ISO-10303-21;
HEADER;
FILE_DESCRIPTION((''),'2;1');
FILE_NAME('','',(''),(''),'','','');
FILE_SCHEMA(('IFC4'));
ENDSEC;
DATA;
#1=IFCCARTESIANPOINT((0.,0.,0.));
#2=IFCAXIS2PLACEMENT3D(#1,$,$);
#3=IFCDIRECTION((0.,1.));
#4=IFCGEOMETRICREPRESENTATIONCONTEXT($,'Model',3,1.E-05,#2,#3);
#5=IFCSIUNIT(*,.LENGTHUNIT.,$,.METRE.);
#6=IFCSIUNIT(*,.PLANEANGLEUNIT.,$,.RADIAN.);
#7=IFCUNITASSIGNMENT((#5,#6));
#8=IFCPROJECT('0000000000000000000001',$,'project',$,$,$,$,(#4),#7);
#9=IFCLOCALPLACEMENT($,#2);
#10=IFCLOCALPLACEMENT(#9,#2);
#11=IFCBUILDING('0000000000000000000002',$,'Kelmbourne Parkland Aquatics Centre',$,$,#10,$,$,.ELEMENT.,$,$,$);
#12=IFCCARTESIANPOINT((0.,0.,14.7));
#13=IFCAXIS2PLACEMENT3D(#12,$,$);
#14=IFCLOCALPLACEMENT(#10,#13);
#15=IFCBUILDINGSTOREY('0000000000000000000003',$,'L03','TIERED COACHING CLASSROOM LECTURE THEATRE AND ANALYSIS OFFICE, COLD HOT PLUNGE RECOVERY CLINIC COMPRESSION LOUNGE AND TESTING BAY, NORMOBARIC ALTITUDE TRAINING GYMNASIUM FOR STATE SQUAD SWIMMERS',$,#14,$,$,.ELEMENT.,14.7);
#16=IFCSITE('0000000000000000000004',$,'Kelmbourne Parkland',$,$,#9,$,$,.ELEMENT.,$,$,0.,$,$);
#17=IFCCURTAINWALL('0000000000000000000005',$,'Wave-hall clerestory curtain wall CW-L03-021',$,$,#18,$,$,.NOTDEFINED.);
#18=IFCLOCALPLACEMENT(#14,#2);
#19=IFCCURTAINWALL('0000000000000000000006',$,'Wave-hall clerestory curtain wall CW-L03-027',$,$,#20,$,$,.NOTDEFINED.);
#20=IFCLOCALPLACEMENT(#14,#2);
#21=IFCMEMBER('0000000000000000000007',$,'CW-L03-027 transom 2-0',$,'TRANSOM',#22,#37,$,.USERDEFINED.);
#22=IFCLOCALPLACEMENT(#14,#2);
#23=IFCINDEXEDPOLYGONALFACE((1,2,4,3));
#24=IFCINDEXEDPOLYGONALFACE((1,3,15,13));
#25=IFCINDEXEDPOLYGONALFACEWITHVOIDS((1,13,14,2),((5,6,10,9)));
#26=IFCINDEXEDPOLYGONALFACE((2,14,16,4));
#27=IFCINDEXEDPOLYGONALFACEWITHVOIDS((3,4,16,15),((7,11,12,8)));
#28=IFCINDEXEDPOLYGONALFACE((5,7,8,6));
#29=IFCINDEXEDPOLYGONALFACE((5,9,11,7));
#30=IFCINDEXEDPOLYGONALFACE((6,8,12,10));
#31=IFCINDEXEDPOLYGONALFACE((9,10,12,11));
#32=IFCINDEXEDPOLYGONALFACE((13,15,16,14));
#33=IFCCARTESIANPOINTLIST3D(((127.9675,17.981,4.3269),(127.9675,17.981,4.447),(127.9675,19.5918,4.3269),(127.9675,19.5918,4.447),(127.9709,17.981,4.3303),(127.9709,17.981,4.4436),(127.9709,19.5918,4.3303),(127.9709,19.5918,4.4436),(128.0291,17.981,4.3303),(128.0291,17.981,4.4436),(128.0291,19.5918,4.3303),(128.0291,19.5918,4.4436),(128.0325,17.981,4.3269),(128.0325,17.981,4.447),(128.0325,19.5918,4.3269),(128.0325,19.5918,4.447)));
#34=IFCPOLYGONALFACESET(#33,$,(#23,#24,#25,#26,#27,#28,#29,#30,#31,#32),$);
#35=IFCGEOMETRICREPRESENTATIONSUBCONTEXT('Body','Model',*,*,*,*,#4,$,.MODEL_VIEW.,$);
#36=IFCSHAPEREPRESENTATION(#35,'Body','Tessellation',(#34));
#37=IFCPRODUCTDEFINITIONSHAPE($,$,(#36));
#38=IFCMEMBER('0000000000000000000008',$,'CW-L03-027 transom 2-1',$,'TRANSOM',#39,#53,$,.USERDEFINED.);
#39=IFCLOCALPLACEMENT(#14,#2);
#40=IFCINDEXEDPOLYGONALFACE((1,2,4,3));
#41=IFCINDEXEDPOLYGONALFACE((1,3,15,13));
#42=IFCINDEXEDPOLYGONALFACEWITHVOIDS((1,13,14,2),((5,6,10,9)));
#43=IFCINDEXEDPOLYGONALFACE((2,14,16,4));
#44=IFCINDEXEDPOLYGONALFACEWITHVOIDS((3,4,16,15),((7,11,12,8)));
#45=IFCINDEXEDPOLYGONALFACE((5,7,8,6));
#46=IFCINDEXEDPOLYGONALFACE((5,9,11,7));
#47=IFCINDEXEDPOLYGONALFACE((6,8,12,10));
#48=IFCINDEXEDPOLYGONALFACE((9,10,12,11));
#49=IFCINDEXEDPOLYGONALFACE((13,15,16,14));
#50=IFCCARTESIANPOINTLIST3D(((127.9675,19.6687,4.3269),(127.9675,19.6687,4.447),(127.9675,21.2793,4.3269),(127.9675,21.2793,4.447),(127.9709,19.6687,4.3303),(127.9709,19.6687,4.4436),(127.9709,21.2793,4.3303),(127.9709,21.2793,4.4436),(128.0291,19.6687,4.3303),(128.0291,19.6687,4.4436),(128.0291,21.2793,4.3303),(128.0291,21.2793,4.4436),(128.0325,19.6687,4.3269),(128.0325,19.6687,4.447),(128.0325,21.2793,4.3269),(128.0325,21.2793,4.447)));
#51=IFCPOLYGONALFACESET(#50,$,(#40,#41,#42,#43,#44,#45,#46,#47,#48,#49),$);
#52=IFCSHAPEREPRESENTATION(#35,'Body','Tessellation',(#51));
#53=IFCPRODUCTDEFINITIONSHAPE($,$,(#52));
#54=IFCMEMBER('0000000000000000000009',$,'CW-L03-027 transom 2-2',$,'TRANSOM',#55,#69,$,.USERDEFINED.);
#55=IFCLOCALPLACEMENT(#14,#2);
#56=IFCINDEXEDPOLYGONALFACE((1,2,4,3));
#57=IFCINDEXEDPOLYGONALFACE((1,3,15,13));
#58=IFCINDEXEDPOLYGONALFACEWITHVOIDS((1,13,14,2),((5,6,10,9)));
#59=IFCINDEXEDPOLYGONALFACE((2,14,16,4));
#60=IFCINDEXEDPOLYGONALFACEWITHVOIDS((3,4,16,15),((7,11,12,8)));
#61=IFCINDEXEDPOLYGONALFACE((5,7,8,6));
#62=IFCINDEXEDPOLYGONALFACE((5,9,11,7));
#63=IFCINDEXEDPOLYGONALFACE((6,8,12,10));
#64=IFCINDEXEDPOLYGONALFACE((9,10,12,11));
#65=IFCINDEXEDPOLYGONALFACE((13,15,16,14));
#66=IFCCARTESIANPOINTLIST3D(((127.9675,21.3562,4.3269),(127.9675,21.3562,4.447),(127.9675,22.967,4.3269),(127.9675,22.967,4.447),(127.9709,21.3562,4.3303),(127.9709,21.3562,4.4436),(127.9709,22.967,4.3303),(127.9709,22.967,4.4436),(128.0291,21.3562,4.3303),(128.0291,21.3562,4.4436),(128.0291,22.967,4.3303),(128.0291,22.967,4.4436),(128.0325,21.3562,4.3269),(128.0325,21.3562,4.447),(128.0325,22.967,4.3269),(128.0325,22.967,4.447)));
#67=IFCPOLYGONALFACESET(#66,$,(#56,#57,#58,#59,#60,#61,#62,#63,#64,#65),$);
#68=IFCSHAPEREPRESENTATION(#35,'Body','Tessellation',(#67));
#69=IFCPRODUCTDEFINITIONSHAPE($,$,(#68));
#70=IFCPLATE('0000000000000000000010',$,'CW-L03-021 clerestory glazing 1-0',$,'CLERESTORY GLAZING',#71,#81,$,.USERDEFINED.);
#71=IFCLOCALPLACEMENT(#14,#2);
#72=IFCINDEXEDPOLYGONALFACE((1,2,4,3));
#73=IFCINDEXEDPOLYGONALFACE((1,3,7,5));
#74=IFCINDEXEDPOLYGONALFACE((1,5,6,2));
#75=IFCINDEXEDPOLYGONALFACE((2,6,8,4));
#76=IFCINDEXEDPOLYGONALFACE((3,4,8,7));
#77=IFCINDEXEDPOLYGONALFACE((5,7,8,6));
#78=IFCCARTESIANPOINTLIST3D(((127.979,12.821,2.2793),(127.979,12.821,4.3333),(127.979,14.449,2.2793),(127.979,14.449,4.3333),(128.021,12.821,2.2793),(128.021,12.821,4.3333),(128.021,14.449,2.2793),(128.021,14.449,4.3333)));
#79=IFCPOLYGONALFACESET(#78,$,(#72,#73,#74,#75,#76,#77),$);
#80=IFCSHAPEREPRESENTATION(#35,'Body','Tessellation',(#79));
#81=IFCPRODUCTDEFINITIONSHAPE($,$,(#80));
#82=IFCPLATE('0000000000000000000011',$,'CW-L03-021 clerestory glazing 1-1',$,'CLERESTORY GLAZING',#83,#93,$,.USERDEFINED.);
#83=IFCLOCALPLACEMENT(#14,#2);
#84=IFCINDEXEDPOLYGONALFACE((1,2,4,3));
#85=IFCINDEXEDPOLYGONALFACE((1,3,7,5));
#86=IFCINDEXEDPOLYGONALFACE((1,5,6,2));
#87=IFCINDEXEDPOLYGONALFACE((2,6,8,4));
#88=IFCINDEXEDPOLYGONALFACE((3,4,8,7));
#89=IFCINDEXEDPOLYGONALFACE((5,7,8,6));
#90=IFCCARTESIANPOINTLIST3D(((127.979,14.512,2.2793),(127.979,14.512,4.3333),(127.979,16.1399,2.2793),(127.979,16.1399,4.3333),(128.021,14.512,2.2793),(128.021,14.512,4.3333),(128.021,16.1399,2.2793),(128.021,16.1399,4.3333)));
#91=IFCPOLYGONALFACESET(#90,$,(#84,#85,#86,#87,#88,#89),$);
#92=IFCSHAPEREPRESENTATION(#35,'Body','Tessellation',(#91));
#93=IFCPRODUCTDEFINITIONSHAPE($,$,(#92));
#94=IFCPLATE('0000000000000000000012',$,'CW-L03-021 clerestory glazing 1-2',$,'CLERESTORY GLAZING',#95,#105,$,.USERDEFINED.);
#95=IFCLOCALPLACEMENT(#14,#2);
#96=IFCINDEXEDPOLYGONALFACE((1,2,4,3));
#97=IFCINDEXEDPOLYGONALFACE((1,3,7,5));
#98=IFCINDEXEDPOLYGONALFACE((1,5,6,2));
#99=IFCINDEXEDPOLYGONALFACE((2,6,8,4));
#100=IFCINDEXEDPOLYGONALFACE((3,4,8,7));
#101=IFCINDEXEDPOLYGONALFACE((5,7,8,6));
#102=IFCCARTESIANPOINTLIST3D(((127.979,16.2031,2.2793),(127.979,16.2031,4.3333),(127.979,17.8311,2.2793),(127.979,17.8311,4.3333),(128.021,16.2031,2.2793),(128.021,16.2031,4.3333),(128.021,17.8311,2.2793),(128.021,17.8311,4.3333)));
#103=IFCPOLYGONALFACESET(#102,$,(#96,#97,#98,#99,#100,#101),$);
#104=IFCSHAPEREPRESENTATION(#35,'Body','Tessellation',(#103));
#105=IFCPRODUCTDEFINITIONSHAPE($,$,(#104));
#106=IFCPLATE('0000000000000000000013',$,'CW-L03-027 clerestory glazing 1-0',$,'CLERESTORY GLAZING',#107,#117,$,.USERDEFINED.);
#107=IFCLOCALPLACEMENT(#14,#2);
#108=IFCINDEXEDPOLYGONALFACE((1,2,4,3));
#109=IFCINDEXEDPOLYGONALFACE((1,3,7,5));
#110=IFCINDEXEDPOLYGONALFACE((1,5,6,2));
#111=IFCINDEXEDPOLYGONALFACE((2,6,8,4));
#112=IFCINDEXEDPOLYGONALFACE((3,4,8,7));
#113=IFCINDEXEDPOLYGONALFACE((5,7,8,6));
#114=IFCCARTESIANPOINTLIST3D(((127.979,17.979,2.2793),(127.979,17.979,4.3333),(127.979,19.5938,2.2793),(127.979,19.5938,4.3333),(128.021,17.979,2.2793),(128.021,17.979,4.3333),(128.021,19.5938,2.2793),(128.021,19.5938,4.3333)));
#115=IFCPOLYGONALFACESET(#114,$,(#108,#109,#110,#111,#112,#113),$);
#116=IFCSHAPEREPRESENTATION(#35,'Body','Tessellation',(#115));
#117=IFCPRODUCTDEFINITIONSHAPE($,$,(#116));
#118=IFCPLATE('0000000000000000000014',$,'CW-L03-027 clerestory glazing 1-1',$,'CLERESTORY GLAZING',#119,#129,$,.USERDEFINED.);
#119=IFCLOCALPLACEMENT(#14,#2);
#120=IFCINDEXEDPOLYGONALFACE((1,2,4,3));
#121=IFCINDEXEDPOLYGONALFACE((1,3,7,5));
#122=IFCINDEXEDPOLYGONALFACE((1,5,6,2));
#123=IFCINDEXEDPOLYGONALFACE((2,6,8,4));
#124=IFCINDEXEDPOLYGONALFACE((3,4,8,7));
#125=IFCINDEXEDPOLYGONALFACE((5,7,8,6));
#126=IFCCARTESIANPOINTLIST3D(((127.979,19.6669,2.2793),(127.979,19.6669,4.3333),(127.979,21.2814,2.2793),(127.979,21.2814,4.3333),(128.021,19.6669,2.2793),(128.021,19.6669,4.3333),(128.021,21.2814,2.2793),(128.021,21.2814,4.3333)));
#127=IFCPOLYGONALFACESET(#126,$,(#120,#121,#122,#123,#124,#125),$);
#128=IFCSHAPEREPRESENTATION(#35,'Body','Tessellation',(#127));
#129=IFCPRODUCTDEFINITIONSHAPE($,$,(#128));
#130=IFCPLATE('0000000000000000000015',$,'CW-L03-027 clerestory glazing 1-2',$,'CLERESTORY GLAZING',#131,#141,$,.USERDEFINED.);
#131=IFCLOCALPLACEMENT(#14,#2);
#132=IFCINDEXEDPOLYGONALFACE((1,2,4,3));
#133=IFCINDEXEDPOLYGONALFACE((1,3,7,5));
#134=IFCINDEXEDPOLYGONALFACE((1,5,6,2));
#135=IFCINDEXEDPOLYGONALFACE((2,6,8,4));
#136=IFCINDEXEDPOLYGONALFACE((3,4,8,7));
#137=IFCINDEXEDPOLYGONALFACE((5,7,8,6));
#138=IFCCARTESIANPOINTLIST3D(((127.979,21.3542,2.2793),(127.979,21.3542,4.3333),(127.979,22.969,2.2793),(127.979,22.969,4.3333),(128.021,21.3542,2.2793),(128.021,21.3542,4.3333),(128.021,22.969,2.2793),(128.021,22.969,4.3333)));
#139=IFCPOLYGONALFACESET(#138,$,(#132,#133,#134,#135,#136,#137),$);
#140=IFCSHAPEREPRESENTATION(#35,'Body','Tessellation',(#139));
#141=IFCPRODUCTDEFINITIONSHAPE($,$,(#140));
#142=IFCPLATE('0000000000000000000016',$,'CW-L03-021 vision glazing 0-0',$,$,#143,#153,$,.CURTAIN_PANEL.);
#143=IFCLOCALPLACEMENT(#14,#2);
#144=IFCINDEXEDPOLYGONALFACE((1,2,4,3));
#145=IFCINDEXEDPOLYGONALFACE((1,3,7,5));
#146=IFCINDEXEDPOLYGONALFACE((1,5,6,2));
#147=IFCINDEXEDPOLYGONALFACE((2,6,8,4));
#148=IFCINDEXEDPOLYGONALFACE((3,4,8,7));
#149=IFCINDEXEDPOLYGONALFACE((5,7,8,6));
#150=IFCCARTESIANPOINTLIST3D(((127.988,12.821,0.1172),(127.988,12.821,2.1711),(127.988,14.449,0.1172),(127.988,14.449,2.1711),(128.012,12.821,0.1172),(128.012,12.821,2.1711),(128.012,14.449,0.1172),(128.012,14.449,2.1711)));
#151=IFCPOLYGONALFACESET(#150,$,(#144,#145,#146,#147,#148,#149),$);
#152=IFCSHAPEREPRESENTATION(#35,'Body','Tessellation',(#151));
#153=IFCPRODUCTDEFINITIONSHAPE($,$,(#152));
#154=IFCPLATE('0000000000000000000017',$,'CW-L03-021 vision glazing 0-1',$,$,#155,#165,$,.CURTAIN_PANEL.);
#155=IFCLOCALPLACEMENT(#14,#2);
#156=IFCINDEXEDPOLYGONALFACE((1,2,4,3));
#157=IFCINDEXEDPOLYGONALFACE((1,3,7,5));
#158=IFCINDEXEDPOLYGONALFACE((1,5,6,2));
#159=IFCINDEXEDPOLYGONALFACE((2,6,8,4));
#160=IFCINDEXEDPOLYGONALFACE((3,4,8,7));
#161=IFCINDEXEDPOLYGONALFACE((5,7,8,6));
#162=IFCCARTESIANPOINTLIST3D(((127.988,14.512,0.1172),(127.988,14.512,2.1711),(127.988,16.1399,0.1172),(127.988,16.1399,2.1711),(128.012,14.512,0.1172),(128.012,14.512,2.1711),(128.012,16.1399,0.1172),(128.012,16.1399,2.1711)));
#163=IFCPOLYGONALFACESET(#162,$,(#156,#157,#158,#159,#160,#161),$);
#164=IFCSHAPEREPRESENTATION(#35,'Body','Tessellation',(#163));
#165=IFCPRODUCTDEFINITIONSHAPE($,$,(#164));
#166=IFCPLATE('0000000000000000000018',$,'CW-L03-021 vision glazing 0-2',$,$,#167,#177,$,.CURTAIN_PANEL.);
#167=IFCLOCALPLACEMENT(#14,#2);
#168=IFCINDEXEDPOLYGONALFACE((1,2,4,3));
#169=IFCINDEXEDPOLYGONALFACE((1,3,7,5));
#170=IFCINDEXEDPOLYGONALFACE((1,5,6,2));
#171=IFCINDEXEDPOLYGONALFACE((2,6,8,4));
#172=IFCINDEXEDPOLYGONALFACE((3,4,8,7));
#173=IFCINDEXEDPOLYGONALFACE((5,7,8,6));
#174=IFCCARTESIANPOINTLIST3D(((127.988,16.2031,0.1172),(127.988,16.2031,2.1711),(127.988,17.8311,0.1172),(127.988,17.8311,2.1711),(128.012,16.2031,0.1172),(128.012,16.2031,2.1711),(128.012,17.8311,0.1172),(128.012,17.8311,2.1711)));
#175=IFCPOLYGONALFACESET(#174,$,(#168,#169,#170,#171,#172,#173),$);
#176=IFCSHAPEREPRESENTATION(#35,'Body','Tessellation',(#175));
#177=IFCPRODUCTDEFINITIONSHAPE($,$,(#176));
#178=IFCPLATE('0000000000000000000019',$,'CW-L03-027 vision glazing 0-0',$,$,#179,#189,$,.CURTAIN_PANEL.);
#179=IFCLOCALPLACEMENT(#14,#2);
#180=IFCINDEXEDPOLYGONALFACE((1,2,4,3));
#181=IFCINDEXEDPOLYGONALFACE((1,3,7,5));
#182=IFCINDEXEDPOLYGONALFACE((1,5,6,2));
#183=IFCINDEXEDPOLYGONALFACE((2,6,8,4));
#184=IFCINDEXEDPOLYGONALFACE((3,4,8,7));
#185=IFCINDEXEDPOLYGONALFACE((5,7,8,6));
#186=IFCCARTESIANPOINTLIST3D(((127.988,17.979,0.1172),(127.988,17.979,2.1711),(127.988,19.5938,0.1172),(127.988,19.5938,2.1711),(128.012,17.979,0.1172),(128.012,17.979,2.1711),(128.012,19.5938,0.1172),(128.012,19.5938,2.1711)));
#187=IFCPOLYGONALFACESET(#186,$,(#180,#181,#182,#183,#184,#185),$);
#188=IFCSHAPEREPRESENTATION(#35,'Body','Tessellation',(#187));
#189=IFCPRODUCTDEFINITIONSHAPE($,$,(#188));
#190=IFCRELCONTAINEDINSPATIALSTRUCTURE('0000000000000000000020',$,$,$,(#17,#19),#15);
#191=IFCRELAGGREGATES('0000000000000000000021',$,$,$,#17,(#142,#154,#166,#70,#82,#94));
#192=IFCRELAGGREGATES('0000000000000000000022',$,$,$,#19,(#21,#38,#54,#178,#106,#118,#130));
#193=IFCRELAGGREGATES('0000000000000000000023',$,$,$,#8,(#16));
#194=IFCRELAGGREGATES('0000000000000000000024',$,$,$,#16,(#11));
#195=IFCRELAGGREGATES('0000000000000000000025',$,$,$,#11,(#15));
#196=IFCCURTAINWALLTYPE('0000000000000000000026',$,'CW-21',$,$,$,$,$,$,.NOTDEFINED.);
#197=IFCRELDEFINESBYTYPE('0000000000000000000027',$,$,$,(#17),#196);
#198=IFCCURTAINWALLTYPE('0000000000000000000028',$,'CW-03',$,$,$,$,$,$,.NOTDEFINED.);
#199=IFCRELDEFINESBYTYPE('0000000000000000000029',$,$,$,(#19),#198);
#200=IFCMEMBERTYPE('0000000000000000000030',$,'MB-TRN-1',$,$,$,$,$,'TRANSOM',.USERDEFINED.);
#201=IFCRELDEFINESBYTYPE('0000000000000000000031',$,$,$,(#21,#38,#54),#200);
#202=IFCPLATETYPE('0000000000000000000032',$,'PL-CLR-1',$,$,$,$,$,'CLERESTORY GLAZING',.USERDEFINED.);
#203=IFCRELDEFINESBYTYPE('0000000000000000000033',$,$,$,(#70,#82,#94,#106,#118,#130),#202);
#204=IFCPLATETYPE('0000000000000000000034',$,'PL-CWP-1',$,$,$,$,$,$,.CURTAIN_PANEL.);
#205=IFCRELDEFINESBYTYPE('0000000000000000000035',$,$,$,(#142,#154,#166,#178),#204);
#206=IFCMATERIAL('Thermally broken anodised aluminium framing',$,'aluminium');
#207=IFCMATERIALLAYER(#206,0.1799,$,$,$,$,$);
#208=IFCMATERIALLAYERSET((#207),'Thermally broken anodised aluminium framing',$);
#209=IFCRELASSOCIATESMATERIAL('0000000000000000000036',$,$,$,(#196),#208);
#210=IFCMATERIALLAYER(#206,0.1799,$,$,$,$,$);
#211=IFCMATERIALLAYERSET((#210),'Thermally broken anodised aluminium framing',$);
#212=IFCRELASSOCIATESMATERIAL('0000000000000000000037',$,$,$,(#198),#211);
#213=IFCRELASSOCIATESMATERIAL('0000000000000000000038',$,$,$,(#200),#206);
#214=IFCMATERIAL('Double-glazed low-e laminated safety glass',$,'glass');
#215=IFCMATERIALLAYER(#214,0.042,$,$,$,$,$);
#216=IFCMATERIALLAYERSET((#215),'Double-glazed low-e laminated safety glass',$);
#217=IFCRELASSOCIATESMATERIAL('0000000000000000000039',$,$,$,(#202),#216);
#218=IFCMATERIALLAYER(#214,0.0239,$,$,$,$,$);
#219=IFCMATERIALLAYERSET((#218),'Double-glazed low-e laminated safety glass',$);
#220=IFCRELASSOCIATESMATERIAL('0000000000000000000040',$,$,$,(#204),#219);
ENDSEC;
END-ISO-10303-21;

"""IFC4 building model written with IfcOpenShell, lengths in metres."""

from ifc_helpers import new_model, si_unit, direction, frame, origin, origin_2d, place, context, subcontext, project, spatial, rectangle, hollow_rectangle, extrude, material, layer, layer_set, material_profile, profile_set, type_object, element, aggregate, save


model = new_model("IFC4")

# Units and contexts
model_context = context("Model", 3, precision=1e-05, world=origin(), true_north=direction((0.0, 1.0)))
body_context = subcontext(model_context, "Body", "Model", "MODEL_VIEW")
ifc_project = project(units=[si_unit("LENGTHUNIT", "METRE"), si_unit("PLANEANGLEUNIT", "RADIAN")], contexts=[model_context])

# Site, building, storey
site_placement = place(None, origin())
site = spatial("IfcSite", under=ifc_project, at=site_placement, Name="Kelmbourne Parkland", CompositionType="ELEMENT", RefElevation=0.0)
building_placement = place(site_placement, origin())
building = spatial("IfcBuilding", under=site, at=building_placement, Name="Kelmbourne Parkland Aquatics Centre", CompositionType="ELEMENT")
storey_placement = place(building_placement, frame((0.0, 0.0, 14.7)))
storey = spatial("IfcBuildingStorey", under=building, at=storey_placement, Name="L03", Description="TIERED COACHING CLASSROOM LECTURE THEATRE AND ANALYSIS OFFICE, COLD HOT PLUNGE RECOVERY CLINIC COMPRESSION LOUNGE AND TESTING BAY, NORMOBARIC ALTITUDE TRAINING GYMNASIUM FOR STATE SQUAD SWIMMERS", CompositionType="ELEMENT", Elevation=14.7)

# Curtain walls
ifc_material_1 = material(Name="Thermally broken anodised aluminium framing", Category="aluminium")
ifc_layer_1 = layer(ifc_material_1, 0.1799)
ifc_layer_set_1 = layer_set([ifc_layer_1], Name="Thermally broken anodised aluminium framing")
curtain_wall_type_1 = type_object("IfcCurtainWallType", Name="CW-21", PredefinedType="NOTDEFINED", material=ifc_layer_set_1)
curtain_wall_1_placement = place(storey_placement, origin())
curtain_wall_1 = element("IfcCurtainWall", 1, at=curtain_wall_1_placement, inside=storey, type_object=curtain_wall_type_1, Name="Wave-hall clerestory curtain wall CW-L03-021", PredefinedType="NOTDEFINED")
ifc_layer_2 = layer(ifc_material_1, 0.1799)
ifc_layer_set_2 = layer_set([ifc_layer_2], Name="Thermally broken anodised aluminium framing")
curtain_wall_type_2 = type_object("IfcCurtainWallType", Name="CW-03", PredefinedType="NOTDEFINED", material=ifc_layer_set_2)
curtain_wall_2_placement = place(storey_placement, origin())
curtain_wall_2 = element("IfcCurtainWall", 2, at=curtain_wall_2_placement, inside=storey, type_object=curtain_wall_type_2, Name="Wave-hall clerestory curtain wall CW-L03-027", PredefinedType="NOTDEFINED")

# Members
ifc_material_profile_1 = material_profile(ifc_material_1, hollow_rectangle(XDim=0.0649, YDim=0.1201, WallThickness=0.0034, at=origin_2d()), Name="CW-T 65x120")
ifc_profile_set_1 = profile_set([ifc_material_profile_1], Name="Thermally broken anodised aluminium framing")
member_type_1 = type_object("IfcMemberType", Name="MB-TRN-1", ElementType="TRANSOM", PredefinedType="USERDEFINED", material=ifc_profile_set_1)
member_1_placement = place(storey_placement, frame((128.0, 17.981, 4.387), z_axis=(0.0, 1.0, 0.0), x_axis=(-1.0, 0.0, 0.0)))
member_1 = element("IfcMember", 3, at=member_1_placement, type_object=member_type_1, Name="CW-L03-027 transom 2-0", ObjectType="TRANSOM", PredefinedType="USERDEFINED", context=body_context, shape_type="SweptSolid", body=[
    extrude(hollow_rectangle(XDim=0.0649, YDim=0.1201, WallThickness=0.0034, at=origin_2d()), origin(), (0.0, 0.0, 1.0), 1.6108),
])
member_2_placement = place(storey_placement, frame((128.0, 19.6687, 4.387), z_axis=(0.0, 1.0, 0.0), x_axis=(-1.0, 0.0, 0.0)))
member_2 = element("IfcMember", 4, at=member_2_placement, type_object=member_type_1, Name="CW-L03-027 transom 2-1", ObjectType="TRANSOM", PredefinedType="USERDEFINED", context=body_context, shape_type="SweptSolid", body=[
    extrude(hollow_rectangle(XDim=0.0649, YDim=0.1201, WallThickness=0.0034, at=origin_2d()), origin(), (0.0, 0.0, 1.0), 1.6106),
])
member_3_placement = place(storey_placement, frame((128.0, 21.3562, 4.387), z_axis=(0.0, 1.0, 0.0), x_axis=(-1.0, 0.0, 0.0)))
member_3 = element("IfcMember", 5, at=member_3_placement, type_object=member_type_1, Name="CW-L03-027 transom 2-2", ObjectType="TRANSOM", PredefinedType="USERDEFINED", context=body_context, shape_type="SweptSolid", body=[
    extrude(hollow_rectangle(XDim=0.0649, YDim=0.1201, WallThickness=0.0034, at=origin_2d()), origin(), (0.0, 0.0, 1.0), 1.6108),
])

# Plates
ifc_material_2 = material(Name="Double-glazed low-e laminated safety glass", Category="glass")
ifc_layer_3 = layer(ifc_material_2, 0.042)
ifc_layer_set_3 = layer_set([ifc_layer_3], Name="Double-glazed low-e laminated safety glass")
plate_type_1 = type_object("IfcPlateType", Name="PL-CLR-1", ElementType="CLERESTORY GLAZING", PredefinedType="USERDEFINED", material=ifc_layer_set_3)
plate_1_placement = place(storey_placement, frame((128.0, 13.635, 2.2793), z_axis=(0.0, 0.0, 1.0), x_axis=(0.0, 1.0, 0.0)))
plate_1 = element("IfcPlate", 6, at=plate_1_placement, type_object=plate_type_1, Name="CW-L03-021 clerestory glazing 1-0", ObjectType="CLERESTORY GLAZING", PredefinedType="USERDEFINED", context=body_context, shape_type="SweptSolid", body=[
    extrude(rectangle(XDim=1.6279, YDim=0.042, at=origin_2d()), origin(), (0.0, 0.0, 1.0), 2.054),
])
plate_2_placement = place(storey_placement, frame((128.0, 15.3259, 2.2793), z_axis=(0.0, 0.0, 1.0), x_axis=(0.0, 1.0, 0.0)))
plate_2 = element("IfcPlate", 7, at=plate_2_placement, type_object=plate_type_1, Name="CW-L03-021 clerestory glazing 1-1", ObjectType="CLERESTORY GLAZING", PredefinedType="USERDEFINED", context=body_context, shape_type="SweptSolid", body=[
    extrude(rectangle(XDim=1.6279, YDim=0.042, at=origin_2d()), origin(), (0.0, 0.0, 1.0), 2.054),
])
plate_3_placement = place(storey_placement, frame((128.0, 17.0171, 2.2793), z_axis=(0.0, 0.0, 1.0), x_axis=(0.0, 1.0, 0.0)))
plate_3 = element("IfcPlate", 8, at=plate_3_placement, type_object=plate_type_1, Name="CW-L03-021 clerestory glazing 1-2", ObjectType="CLERESTORY GLAZING", PredefinedType="USERDEFINED", context=body_context, shape_type="SweptSolid", body=[
    extrude(rectangle(XDim=1.6279, YDim=0.042, at=origin_2d()), origin(), (0.0, 0.0, 1.0), 2.054),
])
plate_4_placement = place(storey_placement, frame((128.0, 18.7864, 2.2793), z_axis=(0.0, 0.0, 1.0), x_axis=(0.0, 1.0, 0.0)))
plate_4 = element("IfcPlate", 9, at=plate_4_placement, type_object=plate_type_1, Name="CW-L03-027 clerestory glazing 1-0", ObjectType="CLERESTORY GLAZING", PredefinedType="USERDEFINED", context=body_context, shape_type="SweptSolid", body=[
    extrude(rectangle(XDim=1.6147, YDim=0.042, at=origin_2d()), origin(), (0.0, 0.0, 1.0), 2.054),
])
plate_5_placement = place(storey_placement, frame((128.0, 20.4741, 2.2793), z_axis=(0.0, 0.0, 1.0), x_axis=(0.0, 1.0, 0.0)))
plate_5 = element("IfcPlate", 10, at=plate_5_placement, type_object=plate_type_1, Name="CW-L03-027 clerestory glazing 1-1", ObjectType="CLERESTORY GLAZING", PredefinedType="USERDEFINED", context=body_context, shape_type="SweptSolid", body=[
    extrude(rectangle(XDim=1.6145, YDim=0.042, at=origin_2d()), origin(), (0.0, 0.0, 1.0), 2.054),
])
plate_6_placement = place(storey_placement, frame((128.0, 22.1616, 2.2793), z_axis=(0.0, 0.0, 1.0), x_axis=(0.0, 1.0, 0.0)))
plate_6 = element("IfcPlate", 11, at=plate_6_placement, type_object=plate_type_1, Name="CW-L03-027 clerestory glazing 1-2", ObjectType="CLERESTORY GLAZING", PredefinedType="USERDEFINED", context=body_context, shape_type="SweptSolid", body=[
    extrude(rectangle(XDim=1.6147, YDim=0.042, at=origin_2d()), origin(), (0.0, 0.0, 1.0), 2.054),
])
ifc_layer_4 = layer(ifc_material_2, 0.0239)
ifc_layer_set_4 = layer_set([ifc_layer_4], Name="Double-glazed low-e laminated safety glass")
plate_type_2 = type_object("IfcPlateType", Name="PL-CWP-1", PredefinedType="CURTAIN_PANEL", material=ifc_layer_set_4)
plate_7_placement = place(storey_placement, frame((128.0, 13.635, 0.1172), z_axis=(0.0, 0.0, 1.0), x_axis=(0.0, 1.0, 0.0)))
plate_7 = element("IfcPlate", 12, at=plate_7_placement, type_object=plate_type_2, Name="CW-L03-021 vision glazing 0-0", PredefinedType="CURTAIN_PANEL", context=body_context, shape_type="SweptSolid", body=[
    extrude(rectangle(XDim=1.6279, YDim=0.0239, at=origin_2d()), origin(), (0.0, 0.0, 1.0), 2.054),
])
plate_8_placement = place(storey_placement, frame((128.0, 15.3259, 0.1172), z_axis=(0.0, 0.0, 1.0), x_axis=(0.0, 1.0, 0.0)))
plate_8 = element("IfcPlate", 13, at=plate_8_placement, type_object=plate_type_2, Name="CW-L03-021 vision glazing 0-1", PredefinedType="CURTAIN_PANEL", context=body_context, shape_type="SweptSolid", body=[
    extrude(rectangle(XDim=1.6279, YDim=0.0239, at=origin_2d()), origin(), (0.0, 0.0, 1.0), 2.054),
])
plate_9_placement = place(storey_placement, frame((128.0, 17.0171, 0.1172), z_axis=(0.0, 0.0, 1.0), x_axis=(0.0, 1.0, 0.0)))
plate_9 = element("IfcPlate", 14, at=plate_9_placement, type_object=plate_type_2, Name="CW-L03-021 vision glazing 0-2", PredefinedType="CURTAIN_PANEL", context=body_context, shape_type="SweptSolid", body=[
    extrude(rectangle(XDim=1.6279, YDim=0.0239, at=origin_2d()), origin(), (0.0, 0.0, 1.0), 2.054),
])
aggregate(curtain_wall_1, [plate_7, plate_8, plate_9, plate_1, plate_2, plate_3])
plate_10_placement = place(storey_placement, frame((128.0, 18.7864, 0.1172), z_axis=(0.0, 0.0, 1.0), x_axis=(0.0, 1.0, 0.0)))
plate_10 = element("IfcPlate", 15, at=plate_10_placement, type_object=plate_type_2, Name="CW-L03-027 vision glazing 0-0", PredefinedType="CURTAIN_PANEL", context=body_context, shape_type="SweptSolid", body=[
    extrude(rectangle(XDim=1.6147, YDim=0.0239, at=origin_2d()), origin(), (0.0, 0.0, 1.0), 2.054),
])
aggregate(curtain_wall_2, [member_1, member_2, member_3, plate_10, plate_4, plate_5, plate_6])

save(model, "model.ifc")
